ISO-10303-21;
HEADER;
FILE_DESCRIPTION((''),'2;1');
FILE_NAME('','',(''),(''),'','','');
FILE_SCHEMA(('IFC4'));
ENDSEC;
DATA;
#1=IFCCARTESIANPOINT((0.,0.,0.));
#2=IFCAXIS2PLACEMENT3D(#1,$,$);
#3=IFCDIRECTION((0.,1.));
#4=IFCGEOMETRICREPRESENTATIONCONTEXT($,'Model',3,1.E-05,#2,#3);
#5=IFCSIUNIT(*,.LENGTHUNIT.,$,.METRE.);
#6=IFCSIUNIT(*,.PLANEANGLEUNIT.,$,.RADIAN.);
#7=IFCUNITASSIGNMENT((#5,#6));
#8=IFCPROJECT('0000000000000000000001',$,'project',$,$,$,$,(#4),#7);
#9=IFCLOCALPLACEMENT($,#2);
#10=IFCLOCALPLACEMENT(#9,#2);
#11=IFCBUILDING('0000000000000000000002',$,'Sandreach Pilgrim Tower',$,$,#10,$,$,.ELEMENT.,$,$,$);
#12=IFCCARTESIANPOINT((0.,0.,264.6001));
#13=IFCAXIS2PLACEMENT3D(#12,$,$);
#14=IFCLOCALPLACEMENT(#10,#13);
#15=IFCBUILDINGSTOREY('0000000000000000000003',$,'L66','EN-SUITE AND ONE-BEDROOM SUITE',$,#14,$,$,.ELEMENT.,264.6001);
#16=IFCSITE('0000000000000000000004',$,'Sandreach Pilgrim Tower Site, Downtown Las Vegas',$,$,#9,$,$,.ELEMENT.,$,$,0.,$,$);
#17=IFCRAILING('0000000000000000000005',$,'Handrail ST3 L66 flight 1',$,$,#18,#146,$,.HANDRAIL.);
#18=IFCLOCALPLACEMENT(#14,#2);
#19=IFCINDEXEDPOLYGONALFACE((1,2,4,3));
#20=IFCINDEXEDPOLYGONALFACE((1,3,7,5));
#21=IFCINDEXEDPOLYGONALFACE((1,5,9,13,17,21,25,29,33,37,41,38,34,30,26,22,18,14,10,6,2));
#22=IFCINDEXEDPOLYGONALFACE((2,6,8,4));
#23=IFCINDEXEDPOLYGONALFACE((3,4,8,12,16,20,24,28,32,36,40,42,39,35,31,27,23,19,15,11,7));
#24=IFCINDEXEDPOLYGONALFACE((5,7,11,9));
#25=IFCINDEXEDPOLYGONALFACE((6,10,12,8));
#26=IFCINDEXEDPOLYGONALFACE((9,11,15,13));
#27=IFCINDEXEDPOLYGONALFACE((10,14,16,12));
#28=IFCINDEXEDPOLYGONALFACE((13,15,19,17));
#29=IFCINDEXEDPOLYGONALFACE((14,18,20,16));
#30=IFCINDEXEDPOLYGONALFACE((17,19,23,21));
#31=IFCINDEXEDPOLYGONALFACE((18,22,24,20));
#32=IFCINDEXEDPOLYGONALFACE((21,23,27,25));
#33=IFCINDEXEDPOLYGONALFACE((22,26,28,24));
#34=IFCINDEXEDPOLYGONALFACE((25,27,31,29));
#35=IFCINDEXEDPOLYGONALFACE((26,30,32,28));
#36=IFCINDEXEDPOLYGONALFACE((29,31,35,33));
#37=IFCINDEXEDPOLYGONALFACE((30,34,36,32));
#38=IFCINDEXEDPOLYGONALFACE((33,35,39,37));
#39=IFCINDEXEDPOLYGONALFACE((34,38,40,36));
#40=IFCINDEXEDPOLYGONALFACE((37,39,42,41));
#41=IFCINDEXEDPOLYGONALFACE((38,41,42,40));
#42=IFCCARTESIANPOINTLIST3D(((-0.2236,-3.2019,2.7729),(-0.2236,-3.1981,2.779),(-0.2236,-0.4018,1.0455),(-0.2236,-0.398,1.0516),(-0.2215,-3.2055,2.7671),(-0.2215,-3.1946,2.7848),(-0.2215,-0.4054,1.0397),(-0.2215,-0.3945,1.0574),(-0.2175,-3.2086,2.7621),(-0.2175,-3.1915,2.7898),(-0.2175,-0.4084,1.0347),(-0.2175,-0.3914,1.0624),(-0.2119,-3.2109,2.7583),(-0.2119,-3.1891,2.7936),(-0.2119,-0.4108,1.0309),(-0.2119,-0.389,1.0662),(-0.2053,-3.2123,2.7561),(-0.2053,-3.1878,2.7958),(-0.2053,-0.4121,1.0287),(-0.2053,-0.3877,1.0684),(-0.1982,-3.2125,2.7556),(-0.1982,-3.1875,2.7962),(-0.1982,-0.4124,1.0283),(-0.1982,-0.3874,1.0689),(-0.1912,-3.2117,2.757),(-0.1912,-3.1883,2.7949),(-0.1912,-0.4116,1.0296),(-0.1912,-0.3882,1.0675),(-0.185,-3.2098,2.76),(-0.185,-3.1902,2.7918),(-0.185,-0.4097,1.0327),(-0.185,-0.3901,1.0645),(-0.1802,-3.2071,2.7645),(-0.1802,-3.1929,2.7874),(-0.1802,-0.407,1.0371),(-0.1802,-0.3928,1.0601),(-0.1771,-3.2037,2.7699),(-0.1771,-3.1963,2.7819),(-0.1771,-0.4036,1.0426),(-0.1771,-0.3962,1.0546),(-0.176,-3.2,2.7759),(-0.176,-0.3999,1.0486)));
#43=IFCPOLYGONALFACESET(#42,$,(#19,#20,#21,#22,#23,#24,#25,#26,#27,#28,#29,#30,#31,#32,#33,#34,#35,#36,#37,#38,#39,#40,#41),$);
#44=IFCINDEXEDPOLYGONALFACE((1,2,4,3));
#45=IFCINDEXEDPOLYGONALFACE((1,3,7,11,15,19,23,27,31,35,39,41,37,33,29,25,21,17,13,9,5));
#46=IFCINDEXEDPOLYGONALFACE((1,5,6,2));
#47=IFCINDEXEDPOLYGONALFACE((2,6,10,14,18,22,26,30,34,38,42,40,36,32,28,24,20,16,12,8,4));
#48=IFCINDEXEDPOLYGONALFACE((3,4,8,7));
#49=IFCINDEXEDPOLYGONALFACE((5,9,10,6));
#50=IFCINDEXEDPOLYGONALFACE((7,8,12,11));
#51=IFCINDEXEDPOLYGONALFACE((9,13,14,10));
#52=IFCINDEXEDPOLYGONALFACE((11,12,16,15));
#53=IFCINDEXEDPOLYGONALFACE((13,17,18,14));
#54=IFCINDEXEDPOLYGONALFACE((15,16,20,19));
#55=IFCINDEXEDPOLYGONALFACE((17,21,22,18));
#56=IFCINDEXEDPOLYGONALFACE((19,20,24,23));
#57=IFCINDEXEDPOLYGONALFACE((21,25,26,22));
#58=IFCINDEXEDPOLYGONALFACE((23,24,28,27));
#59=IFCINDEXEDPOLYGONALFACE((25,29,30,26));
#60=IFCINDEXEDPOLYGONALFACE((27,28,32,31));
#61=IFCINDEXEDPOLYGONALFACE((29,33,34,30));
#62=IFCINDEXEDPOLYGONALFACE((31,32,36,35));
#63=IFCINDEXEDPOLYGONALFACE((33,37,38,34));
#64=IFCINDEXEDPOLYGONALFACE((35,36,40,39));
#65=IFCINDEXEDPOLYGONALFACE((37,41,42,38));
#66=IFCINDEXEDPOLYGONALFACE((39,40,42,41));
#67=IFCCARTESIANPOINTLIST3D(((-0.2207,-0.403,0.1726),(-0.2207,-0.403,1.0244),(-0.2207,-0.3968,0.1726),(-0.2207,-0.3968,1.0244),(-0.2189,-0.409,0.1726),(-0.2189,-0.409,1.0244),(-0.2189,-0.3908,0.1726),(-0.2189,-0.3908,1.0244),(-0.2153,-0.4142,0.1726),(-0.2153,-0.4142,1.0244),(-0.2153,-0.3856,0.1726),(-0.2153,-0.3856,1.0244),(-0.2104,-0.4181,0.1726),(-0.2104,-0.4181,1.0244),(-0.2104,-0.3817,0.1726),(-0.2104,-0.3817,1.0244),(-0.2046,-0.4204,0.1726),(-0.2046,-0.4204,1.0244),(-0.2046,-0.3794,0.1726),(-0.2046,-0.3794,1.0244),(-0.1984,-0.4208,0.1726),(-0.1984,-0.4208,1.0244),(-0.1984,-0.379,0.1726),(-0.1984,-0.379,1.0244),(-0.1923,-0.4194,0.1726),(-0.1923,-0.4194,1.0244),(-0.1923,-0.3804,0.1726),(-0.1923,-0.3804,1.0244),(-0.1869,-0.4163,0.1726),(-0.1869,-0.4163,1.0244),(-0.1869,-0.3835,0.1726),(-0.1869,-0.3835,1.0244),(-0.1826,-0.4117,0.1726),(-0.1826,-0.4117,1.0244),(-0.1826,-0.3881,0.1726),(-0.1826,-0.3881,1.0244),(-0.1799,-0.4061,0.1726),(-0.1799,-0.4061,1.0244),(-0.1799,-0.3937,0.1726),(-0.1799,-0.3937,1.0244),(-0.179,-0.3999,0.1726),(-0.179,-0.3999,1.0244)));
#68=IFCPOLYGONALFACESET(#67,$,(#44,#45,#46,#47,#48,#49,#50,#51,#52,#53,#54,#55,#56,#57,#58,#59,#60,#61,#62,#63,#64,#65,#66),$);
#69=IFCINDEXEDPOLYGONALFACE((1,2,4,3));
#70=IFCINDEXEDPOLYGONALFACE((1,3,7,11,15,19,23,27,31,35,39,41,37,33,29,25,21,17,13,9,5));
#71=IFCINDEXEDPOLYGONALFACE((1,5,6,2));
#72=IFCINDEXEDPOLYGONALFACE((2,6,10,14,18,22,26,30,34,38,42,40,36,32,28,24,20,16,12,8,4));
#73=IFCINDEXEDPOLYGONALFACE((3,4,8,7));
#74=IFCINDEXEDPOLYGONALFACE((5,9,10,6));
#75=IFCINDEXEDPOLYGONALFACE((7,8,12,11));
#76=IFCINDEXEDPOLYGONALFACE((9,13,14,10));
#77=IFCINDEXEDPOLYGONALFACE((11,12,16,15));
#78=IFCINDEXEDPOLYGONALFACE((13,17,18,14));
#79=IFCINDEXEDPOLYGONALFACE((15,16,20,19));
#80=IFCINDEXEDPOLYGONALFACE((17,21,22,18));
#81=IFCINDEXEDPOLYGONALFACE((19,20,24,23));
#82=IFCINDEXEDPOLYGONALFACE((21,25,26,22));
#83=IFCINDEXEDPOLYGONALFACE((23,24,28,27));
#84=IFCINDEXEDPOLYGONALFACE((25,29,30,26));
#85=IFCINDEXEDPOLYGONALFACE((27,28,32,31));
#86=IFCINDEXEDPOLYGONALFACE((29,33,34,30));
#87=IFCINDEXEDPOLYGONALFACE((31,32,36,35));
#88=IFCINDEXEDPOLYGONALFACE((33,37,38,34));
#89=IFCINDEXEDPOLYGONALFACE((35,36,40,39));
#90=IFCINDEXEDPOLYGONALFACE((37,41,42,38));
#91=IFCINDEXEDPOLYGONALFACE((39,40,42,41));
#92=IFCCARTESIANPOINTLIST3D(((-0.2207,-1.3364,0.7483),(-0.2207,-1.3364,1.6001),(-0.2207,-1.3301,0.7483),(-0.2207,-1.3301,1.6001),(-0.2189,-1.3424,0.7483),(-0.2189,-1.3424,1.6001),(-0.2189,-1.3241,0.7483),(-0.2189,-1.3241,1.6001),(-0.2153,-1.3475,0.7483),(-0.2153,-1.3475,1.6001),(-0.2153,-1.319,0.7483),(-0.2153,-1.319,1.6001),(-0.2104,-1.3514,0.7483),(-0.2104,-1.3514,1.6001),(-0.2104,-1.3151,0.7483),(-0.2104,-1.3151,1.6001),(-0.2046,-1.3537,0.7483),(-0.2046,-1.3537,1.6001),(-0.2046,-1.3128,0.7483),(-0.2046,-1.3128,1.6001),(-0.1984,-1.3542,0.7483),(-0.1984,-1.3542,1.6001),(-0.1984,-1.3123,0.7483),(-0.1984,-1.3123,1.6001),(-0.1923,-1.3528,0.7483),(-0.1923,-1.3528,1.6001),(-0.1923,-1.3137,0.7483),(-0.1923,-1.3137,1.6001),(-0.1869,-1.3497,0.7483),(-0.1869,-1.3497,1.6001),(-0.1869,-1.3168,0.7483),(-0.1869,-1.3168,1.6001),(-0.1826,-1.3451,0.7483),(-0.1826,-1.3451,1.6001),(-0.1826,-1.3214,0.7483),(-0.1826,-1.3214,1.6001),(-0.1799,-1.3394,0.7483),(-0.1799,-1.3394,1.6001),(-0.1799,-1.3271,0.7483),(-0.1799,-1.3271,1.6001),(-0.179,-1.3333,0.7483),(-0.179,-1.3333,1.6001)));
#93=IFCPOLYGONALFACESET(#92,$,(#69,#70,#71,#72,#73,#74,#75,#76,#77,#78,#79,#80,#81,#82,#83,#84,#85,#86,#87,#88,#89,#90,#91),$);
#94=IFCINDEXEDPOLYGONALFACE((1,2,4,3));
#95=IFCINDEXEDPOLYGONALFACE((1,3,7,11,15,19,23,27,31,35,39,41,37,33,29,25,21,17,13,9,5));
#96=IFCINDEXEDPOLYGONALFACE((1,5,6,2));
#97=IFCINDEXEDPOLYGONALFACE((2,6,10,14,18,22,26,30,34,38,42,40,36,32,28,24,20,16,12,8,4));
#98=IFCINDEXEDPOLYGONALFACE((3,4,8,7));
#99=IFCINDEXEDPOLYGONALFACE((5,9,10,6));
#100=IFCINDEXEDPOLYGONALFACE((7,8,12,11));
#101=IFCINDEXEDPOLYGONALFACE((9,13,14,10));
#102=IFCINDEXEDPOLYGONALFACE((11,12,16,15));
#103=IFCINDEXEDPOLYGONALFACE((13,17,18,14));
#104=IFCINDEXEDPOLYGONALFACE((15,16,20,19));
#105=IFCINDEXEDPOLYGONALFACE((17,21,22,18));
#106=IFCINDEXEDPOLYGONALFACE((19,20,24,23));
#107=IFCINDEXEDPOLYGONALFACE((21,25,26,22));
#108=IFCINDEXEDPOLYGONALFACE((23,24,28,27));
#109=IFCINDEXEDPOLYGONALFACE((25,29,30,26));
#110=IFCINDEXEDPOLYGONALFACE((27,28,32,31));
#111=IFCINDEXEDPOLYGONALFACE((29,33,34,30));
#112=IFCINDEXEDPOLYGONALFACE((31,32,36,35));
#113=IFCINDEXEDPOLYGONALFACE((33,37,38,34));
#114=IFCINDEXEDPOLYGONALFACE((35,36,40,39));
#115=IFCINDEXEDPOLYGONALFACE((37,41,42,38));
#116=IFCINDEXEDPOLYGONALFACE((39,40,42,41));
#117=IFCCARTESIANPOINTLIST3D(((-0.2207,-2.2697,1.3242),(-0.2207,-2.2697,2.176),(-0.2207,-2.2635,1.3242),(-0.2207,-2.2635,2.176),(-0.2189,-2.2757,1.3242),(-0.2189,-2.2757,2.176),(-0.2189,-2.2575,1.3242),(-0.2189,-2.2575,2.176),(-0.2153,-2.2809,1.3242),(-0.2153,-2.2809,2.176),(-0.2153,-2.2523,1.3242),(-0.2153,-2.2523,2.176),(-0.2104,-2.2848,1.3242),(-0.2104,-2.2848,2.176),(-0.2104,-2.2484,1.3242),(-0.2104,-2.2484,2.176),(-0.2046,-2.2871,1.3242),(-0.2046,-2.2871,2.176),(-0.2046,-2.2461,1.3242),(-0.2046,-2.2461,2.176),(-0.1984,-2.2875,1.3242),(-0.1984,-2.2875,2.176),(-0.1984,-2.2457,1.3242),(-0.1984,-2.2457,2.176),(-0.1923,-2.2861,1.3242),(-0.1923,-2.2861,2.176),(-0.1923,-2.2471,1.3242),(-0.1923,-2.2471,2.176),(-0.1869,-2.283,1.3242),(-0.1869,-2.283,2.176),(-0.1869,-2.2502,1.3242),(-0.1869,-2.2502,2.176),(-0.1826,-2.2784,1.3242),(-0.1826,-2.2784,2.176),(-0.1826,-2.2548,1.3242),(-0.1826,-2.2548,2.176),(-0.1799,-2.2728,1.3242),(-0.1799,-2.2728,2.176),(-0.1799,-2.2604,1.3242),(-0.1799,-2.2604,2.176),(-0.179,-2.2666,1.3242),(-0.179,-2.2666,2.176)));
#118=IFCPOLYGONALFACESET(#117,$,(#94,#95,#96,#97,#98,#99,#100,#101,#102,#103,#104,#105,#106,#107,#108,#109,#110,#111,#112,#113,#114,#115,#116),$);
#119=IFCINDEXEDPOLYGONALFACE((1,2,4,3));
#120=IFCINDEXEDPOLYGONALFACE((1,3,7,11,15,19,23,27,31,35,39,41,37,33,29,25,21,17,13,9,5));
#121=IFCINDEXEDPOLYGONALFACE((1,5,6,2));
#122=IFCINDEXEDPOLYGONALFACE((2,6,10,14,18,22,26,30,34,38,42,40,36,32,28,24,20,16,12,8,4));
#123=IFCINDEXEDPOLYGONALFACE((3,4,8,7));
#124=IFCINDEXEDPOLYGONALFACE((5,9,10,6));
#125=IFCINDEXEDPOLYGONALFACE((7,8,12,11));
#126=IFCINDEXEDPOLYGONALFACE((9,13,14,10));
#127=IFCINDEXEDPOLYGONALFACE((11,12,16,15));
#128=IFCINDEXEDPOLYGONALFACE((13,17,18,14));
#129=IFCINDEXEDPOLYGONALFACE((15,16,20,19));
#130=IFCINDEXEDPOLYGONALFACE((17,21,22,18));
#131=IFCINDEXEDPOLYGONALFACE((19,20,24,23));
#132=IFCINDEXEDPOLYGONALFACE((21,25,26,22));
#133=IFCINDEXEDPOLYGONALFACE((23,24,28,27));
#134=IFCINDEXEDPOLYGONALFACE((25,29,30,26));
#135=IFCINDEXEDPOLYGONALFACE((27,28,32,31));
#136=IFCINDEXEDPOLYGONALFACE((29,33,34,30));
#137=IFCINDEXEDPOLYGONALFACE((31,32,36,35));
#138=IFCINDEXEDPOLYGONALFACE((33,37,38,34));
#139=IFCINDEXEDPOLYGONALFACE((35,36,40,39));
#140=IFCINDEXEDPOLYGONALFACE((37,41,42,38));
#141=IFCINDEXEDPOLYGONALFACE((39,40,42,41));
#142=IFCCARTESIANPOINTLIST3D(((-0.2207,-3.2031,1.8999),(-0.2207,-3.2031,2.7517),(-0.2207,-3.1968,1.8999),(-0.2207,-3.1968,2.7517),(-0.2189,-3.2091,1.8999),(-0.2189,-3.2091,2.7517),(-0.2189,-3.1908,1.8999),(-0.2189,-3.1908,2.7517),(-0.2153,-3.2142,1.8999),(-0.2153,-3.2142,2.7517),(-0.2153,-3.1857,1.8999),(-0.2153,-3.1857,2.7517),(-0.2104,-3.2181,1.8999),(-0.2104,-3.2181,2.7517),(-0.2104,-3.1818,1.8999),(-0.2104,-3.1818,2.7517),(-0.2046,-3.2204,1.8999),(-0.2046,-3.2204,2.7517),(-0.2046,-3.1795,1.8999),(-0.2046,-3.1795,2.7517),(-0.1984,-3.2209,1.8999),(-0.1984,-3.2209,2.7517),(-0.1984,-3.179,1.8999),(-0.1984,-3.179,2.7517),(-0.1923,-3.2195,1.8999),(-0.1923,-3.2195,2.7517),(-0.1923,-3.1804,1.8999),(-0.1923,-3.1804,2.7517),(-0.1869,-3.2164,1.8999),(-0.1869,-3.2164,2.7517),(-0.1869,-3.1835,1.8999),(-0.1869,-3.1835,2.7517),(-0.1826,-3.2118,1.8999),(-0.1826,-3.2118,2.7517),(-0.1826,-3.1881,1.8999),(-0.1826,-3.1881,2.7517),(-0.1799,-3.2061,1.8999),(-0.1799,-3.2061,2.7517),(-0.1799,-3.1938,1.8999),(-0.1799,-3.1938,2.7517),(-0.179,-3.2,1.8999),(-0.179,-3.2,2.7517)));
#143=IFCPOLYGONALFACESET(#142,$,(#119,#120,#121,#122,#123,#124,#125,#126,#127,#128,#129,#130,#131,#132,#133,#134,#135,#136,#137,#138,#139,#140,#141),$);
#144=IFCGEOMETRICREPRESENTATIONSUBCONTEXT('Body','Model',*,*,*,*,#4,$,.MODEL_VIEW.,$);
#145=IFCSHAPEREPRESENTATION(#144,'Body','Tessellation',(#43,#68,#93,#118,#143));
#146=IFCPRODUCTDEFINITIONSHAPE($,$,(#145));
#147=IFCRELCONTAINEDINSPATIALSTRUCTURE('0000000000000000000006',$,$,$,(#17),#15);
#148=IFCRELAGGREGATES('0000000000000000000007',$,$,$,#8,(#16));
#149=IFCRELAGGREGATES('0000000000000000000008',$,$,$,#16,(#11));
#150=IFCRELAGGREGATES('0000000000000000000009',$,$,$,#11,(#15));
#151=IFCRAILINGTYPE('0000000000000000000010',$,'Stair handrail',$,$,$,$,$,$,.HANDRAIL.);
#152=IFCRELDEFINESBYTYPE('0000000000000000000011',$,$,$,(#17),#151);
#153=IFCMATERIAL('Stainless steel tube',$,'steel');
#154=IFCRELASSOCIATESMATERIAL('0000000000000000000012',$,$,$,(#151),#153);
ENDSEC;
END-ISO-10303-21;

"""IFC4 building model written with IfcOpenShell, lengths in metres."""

from ifc_helpers import new_model, si_unit, direction, frame, origin, origin_2d, place, context, subcontext, project, spatial, circle, extrude, material, type_object, element, save


model = new_model("IFC4")

# Units and contexts
model_context = context("Model", 3, precision=1e-05, world=origin(), true_north=direction((0.0, 1.0)))
body_context = subcontext(model_context, "Body", "Model", "MODEL_VIEW")
ifc_project = project(units=[si_unit("LENGTHUNIT", "METRE"), si_unit("PLANEANGLEUNIT", "RADIAN")], contexts=[model_context])

# Site, building, storey
site_placement = place(None, origin())
site = spatial("IfcSite", under=ifc_project, at=site_placement, Name="Sandreach Pilgrim Tower Site, Downtown Las Vegas", CompositionType="ELEMENT", RefElevation=0.0)
building_placement = place(site_placement, origin())
building = spatial("IfcBuilding", under=site, at=building_placement, Name="Sandreach Pilgrim Tower", CompositionType="ELEMENT")
storey_placement = place(building_placement, frame((0.0, 0.0, 264.6001)))
storey = spatial("IfcBuildingStorey", under=building, at=storey_placement, Name="L66", Description="EN-SUITE AND ONE-BEDROOM SUITE", CompositionType="ELEMENT", Elevation=264.6001)

# Railing
ifc_material_1 = material(Name="Stainless steel tube", Category="steel")
railing_type = type_object("IfcRailingType", Name="Stair handrail", PredefinedType="HANDRAIL", material=ifc_material_1)
for number, where, name in (
    (1, (-0.2, -0.3999, 0.1726), "Handrail ST3 L66 flight 1"),
):
    element("IfcRailing", number, at=place(storey_placement, frame(where)), inside=storey, type_object=railing_type, Name=name, PredefinedType="HANDRAIL", context=body_context, shape_type="SweptSolid", body=[
        extrude(circle(Radius=0.0239, at=origin_2d()), frame((0.0, 0.0, 0.876), z_axis=(0.0, -0.85109, 0.52502), x_axis=(1.0, 0.0, 0.0)), (0.0, 0.0, 1.0), 3.29),
        extrude(circle(Radius=0.021, at=origin_2d()), origin(), (0.0, 0.0, 1.0), 0.8518),
        extrude(circle(Radius=0.021, at=origin_2d()), frame((0.0, -0.9333, 0.5757)), (0.0, 0.0, 1.0), 0.8518),
        extrude(circle(Radius=0.021, at=origin_2d()), frame((0.0, -1.8667, 1.1516)), (0.0, 0.0, 1.0), 0.8518),
        extrude(circle(Radius=0.021, at=origin_2d()), frame((0.0, -2.8, 1.7273)), (0.0, 0.0, 1.0), 0.8518),
    ])

save(model, "model.ifc")
